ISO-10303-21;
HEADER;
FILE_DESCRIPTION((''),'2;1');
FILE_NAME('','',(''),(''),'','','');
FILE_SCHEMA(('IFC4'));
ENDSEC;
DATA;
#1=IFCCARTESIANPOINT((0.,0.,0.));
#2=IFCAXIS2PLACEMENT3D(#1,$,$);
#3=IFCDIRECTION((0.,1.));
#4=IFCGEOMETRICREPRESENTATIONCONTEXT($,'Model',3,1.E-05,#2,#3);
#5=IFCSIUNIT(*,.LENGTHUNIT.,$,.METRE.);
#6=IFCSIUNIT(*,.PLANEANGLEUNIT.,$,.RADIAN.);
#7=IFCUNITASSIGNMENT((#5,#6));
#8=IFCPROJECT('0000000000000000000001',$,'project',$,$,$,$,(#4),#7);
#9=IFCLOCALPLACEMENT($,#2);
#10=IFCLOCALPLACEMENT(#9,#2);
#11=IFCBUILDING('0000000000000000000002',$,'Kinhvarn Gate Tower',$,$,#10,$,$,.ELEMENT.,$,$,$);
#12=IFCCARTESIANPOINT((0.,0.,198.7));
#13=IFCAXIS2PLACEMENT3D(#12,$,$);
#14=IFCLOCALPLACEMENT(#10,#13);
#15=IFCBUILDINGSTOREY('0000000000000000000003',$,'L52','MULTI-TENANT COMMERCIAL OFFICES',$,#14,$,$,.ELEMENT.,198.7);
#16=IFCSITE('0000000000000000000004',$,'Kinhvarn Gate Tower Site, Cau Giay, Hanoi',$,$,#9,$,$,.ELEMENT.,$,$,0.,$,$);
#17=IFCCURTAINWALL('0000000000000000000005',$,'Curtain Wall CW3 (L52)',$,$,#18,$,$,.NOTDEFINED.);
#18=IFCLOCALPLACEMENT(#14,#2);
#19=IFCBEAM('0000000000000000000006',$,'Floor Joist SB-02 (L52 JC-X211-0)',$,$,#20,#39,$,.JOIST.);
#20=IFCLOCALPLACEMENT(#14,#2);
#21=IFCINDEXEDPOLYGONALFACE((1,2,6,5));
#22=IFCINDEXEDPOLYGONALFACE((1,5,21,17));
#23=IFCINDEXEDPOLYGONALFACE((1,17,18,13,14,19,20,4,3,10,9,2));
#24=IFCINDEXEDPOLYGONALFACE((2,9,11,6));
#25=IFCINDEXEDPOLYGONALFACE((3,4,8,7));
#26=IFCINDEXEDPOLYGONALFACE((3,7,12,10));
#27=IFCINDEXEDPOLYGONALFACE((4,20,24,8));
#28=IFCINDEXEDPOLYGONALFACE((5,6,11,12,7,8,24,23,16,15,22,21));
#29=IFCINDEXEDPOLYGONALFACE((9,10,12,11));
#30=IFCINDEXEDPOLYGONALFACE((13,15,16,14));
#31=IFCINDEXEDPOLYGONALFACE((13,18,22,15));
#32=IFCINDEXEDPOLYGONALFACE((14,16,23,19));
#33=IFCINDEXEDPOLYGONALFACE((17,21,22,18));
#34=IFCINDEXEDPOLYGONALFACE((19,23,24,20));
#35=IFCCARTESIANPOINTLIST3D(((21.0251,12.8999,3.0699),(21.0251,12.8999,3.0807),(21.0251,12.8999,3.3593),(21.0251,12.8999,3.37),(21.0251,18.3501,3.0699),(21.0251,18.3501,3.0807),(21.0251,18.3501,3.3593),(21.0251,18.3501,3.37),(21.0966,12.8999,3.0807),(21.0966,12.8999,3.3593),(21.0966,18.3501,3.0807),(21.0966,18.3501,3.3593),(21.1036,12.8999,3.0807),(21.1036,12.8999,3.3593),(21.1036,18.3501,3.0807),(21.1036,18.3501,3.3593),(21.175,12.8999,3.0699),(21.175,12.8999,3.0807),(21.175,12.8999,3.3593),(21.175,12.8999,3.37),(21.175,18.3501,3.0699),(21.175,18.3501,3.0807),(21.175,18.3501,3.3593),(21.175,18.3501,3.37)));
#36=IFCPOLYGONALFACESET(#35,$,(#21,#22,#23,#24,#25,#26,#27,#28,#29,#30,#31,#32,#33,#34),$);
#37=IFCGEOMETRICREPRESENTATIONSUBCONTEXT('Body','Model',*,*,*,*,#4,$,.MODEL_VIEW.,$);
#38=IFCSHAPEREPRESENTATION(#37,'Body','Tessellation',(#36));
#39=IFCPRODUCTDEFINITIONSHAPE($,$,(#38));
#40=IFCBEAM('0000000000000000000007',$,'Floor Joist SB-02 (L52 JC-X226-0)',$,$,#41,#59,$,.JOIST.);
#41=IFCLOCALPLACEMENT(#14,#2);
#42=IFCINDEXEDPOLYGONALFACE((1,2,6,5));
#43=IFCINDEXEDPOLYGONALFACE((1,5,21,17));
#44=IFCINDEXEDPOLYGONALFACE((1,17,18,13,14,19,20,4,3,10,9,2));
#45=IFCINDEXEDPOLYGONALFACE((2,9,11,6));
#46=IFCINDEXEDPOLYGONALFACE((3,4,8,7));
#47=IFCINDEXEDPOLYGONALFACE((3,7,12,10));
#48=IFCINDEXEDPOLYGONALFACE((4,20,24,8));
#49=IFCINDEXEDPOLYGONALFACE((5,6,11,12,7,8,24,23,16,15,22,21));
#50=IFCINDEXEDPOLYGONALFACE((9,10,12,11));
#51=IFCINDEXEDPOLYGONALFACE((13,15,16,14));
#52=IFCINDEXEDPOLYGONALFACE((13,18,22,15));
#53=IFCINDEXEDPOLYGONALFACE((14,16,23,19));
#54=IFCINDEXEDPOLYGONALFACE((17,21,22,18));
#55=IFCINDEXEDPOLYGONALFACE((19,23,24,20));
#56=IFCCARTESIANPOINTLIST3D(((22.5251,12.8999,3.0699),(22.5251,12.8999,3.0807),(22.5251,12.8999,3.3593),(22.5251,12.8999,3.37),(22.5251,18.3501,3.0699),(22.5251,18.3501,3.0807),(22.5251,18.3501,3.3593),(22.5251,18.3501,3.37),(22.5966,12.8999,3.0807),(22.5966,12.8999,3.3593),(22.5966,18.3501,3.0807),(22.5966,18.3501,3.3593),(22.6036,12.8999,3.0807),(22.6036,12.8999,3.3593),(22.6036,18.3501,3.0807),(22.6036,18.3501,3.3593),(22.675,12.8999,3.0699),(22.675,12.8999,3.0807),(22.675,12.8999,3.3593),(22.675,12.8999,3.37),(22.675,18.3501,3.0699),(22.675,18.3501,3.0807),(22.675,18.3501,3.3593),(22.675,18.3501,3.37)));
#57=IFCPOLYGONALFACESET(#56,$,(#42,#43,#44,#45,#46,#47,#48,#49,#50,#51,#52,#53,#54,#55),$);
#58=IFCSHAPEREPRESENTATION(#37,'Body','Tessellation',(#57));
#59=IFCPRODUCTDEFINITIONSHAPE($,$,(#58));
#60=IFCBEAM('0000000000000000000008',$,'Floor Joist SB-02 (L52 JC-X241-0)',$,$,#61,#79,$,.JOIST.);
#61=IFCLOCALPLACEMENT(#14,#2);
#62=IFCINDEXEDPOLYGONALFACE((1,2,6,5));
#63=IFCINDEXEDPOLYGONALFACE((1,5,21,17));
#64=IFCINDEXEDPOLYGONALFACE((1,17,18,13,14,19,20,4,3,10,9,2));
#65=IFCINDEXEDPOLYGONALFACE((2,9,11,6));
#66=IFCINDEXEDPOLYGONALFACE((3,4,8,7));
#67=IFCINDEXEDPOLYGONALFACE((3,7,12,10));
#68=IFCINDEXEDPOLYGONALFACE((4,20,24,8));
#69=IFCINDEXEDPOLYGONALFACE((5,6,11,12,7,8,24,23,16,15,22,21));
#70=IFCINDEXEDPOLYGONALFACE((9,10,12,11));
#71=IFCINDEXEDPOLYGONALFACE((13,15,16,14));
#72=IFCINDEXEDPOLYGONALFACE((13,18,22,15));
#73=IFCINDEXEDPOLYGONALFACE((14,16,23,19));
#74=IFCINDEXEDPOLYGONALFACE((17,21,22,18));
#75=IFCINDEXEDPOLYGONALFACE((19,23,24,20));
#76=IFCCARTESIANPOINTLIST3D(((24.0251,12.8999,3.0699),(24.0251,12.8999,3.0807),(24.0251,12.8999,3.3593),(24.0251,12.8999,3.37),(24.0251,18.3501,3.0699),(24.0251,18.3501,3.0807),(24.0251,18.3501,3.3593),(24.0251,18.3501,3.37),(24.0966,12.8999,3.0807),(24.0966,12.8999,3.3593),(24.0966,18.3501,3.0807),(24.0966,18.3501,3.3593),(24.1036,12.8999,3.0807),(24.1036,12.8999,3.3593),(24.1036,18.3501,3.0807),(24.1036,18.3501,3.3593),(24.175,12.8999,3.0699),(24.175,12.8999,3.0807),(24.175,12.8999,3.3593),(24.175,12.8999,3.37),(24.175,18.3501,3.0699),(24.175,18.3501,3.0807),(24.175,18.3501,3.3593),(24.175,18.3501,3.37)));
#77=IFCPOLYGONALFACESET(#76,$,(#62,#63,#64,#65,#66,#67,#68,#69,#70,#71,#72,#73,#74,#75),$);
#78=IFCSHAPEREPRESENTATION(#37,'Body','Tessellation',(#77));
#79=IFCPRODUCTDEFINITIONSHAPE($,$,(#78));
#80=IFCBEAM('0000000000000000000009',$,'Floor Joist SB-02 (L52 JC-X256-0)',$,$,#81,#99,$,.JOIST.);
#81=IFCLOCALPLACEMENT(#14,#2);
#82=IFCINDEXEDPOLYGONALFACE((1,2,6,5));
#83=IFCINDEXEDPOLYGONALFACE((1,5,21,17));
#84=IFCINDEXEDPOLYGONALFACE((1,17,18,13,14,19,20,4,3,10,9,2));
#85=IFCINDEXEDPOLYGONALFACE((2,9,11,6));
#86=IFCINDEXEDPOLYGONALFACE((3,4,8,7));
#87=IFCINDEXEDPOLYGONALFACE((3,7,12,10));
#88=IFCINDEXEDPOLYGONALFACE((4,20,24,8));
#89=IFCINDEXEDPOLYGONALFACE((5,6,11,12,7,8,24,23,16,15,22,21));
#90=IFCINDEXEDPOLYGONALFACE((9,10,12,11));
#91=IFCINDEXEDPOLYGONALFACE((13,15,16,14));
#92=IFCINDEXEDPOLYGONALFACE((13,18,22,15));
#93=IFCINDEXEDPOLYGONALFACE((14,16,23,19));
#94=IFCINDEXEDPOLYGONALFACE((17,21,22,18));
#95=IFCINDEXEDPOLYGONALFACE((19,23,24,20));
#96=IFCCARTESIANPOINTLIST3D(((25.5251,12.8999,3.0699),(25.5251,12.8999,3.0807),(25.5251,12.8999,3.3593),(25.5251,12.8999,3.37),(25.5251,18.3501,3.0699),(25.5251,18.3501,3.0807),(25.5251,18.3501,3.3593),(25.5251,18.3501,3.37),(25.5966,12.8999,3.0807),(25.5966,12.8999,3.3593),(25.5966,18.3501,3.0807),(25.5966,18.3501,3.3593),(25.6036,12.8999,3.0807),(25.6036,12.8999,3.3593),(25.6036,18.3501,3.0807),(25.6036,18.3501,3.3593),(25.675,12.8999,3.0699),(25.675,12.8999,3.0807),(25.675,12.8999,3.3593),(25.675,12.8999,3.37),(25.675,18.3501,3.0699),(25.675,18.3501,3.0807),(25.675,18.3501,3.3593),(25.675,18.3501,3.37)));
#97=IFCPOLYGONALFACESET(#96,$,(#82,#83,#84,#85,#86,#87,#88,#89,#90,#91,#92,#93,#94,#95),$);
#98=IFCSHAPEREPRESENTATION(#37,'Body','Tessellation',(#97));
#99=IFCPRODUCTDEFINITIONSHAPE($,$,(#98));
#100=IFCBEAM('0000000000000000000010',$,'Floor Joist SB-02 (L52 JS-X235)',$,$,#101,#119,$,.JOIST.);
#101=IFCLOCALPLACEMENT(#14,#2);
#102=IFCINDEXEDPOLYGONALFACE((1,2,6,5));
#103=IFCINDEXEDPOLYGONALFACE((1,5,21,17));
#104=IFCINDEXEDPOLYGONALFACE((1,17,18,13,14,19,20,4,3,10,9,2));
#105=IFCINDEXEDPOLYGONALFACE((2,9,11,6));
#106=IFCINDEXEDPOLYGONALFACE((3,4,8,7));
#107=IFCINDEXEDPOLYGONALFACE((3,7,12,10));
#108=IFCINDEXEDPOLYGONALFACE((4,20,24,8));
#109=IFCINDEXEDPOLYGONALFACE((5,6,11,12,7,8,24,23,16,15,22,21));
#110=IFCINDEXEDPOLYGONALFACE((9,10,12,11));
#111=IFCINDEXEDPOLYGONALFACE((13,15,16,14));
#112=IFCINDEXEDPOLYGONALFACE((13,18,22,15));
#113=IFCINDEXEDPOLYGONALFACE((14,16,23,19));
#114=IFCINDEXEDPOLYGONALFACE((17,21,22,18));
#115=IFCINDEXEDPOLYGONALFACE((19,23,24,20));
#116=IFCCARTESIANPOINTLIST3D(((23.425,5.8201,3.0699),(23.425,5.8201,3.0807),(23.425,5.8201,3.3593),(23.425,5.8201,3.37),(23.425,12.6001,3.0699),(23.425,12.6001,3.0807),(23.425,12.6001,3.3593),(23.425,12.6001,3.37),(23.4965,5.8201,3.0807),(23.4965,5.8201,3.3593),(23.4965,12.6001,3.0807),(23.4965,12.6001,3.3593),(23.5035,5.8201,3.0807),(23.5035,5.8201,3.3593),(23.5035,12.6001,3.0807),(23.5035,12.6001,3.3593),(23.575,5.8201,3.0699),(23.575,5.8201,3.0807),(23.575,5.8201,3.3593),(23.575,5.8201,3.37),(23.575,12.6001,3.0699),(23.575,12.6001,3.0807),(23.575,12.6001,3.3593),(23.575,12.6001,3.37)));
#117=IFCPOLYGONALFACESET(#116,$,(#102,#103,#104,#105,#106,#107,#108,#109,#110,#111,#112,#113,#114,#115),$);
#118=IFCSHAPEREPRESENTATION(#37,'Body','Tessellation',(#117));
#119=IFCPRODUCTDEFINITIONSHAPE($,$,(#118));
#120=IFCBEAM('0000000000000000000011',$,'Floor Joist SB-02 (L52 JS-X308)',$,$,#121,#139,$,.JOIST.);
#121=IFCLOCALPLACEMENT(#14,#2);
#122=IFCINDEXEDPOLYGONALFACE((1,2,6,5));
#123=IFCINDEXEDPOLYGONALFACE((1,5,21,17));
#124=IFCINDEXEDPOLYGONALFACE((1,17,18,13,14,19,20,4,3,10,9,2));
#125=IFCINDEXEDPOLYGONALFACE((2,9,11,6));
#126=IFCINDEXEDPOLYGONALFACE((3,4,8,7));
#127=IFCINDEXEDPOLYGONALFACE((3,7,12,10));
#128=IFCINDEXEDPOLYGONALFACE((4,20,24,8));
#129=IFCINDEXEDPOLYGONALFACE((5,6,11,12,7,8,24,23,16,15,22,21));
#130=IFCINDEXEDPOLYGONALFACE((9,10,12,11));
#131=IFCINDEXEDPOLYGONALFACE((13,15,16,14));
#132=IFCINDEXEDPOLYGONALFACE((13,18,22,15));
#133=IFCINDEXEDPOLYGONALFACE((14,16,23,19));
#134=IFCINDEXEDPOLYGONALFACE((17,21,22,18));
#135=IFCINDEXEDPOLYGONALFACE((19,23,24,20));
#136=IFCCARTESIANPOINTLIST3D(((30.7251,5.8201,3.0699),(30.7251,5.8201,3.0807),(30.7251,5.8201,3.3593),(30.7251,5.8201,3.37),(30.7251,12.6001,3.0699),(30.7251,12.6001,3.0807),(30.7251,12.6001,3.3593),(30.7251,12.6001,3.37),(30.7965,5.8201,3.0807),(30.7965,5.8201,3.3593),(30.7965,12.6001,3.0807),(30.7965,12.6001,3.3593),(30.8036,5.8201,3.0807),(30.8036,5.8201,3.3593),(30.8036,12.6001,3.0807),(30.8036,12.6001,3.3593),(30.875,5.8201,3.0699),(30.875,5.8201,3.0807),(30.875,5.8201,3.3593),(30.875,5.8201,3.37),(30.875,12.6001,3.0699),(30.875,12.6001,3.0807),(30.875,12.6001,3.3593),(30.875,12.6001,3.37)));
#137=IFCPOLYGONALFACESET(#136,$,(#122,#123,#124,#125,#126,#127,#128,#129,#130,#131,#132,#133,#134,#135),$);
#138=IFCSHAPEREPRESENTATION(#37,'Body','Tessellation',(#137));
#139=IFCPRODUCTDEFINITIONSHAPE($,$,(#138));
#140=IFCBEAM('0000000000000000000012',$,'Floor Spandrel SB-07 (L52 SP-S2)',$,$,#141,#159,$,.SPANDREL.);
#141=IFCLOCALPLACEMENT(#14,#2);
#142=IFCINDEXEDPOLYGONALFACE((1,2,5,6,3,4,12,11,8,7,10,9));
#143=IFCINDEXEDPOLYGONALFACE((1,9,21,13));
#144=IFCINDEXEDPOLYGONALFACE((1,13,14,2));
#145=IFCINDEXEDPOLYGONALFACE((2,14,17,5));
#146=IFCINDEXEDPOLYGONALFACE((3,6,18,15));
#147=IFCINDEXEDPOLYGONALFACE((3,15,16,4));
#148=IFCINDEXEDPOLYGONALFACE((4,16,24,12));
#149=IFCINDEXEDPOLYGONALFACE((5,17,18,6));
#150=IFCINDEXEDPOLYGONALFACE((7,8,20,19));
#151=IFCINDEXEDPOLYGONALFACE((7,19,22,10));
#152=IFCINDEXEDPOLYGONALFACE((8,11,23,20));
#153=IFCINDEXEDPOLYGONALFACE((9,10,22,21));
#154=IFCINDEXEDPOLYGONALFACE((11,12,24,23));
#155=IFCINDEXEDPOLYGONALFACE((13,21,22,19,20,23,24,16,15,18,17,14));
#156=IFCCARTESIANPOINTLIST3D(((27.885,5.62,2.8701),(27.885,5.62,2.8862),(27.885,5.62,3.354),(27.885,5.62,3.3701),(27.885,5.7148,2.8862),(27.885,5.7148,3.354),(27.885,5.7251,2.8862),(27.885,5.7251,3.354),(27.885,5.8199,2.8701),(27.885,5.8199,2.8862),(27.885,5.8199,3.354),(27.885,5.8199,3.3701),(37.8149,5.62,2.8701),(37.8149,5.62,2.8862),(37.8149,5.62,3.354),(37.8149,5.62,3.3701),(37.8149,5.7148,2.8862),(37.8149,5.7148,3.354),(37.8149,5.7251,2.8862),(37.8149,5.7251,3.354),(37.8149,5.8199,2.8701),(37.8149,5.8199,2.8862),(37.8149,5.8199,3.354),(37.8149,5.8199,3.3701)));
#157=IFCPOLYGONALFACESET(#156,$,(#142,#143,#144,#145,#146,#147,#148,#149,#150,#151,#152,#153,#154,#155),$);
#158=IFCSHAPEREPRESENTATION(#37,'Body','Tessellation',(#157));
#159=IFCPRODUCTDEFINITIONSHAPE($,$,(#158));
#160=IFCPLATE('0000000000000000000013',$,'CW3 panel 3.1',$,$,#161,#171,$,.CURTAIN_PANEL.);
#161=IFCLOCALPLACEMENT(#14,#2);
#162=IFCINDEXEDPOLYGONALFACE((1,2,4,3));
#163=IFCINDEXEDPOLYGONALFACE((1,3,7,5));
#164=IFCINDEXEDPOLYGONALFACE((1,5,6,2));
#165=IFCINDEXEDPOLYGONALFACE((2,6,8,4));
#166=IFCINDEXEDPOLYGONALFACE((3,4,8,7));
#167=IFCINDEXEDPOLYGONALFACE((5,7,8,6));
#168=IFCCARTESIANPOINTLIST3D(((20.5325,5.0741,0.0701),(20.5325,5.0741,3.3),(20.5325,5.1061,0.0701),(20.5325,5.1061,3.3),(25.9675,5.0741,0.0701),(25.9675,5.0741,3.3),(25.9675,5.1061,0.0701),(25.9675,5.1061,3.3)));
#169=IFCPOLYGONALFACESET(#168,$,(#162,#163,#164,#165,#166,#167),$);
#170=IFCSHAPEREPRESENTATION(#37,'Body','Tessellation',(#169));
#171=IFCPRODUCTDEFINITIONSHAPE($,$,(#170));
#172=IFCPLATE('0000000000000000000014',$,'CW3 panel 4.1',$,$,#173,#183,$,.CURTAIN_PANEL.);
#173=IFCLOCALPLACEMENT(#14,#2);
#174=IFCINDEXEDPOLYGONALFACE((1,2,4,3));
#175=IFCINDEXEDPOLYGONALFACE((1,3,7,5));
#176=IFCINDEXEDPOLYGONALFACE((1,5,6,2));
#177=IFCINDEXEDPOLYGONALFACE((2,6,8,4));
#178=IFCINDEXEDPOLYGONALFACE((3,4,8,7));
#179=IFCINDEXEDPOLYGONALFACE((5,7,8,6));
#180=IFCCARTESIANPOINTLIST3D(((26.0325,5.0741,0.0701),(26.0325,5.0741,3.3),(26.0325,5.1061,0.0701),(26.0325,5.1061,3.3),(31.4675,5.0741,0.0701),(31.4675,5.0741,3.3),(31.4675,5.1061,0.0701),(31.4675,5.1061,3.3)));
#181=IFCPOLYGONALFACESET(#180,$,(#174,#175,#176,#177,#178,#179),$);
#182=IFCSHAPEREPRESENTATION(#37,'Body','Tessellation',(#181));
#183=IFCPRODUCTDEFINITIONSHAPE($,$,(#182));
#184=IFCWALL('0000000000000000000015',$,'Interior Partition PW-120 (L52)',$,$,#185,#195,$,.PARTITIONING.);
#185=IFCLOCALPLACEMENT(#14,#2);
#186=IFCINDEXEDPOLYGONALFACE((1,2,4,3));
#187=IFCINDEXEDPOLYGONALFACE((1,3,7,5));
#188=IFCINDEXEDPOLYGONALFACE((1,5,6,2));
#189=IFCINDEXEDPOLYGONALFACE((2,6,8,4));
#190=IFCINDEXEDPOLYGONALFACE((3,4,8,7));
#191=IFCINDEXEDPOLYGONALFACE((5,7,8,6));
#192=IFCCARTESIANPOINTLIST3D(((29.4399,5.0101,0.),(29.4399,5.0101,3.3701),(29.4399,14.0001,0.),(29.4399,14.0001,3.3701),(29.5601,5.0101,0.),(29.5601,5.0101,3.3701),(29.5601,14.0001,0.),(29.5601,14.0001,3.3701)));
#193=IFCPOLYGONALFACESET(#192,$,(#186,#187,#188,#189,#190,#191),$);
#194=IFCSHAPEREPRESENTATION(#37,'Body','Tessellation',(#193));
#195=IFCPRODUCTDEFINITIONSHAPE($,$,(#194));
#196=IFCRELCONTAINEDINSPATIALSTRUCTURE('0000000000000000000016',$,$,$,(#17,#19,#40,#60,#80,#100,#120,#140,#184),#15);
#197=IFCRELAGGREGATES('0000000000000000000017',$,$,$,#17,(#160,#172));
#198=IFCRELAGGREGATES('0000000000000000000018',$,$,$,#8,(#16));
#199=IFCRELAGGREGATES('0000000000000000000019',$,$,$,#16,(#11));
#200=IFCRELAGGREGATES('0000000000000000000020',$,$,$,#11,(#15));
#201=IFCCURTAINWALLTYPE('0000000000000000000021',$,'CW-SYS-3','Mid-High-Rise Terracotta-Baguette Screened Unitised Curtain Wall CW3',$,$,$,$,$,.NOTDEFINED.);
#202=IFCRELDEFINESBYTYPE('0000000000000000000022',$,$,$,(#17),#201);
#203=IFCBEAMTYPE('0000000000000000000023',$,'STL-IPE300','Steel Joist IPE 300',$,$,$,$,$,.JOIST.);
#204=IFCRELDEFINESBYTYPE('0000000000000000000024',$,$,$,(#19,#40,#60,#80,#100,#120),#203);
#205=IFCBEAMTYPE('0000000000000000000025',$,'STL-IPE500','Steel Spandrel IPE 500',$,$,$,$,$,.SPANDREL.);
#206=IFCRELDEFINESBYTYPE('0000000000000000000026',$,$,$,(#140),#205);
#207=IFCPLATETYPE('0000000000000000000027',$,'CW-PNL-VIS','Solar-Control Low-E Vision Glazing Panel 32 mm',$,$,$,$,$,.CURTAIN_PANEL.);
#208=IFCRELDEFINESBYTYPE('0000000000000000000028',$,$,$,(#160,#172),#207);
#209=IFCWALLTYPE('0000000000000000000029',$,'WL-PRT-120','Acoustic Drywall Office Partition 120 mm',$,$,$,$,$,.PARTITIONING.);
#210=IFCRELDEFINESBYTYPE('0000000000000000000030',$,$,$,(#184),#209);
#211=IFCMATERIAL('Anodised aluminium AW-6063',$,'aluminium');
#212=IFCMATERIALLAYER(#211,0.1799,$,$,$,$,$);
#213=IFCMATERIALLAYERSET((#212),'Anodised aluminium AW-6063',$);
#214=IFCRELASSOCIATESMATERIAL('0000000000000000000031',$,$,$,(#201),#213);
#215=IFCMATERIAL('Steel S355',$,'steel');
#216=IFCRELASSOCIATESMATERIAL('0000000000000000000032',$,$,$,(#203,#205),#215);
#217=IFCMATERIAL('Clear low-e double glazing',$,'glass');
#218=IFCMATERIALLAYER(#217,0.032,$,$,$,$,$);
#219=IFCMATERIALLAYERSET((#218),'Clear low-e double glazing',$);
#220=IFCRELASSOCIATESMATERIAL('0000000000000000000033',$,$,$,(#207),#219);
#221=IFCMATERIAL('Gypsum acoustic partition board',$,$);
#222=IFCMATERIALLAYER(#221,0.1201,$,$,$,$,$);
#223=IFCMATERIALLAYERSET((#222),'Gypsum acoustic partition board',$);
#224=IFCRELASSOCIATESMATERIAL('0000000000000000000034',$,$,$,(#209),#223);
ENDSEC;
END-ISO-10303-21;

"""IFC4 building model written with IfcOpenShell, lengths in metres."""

from ifc_helpers import new_model, si_unit, direction, frame, frame_2d, origin, origin_2d, place, context, subcontext, project, spatial, rectangle, i_section, extrude, material, layer, layer_set, material_profile, profile_set, type_object, element, aggregate, save


model = new_model("IFC4")

# Units and contexts
model_context = context("Model", 3, precision=1e-05, world=origin(), true_north=direction((0.0, 1.0)))
body_context = subcontext(model_context, "Body", "Model", "MODEL_VIEW")
ifc_project = project(units=[si_unit("LENGTHUNIT", "METRE"), si_unit("PLANEANGLEUNIT", "RADIAN")], contexts=[model_context])

# Site, building, storey
site_placement = place(None, origin())
site = spatial("IfcSite", under=ifc_project, at=site_placement, Name="Kinhvarn Gate Tower Site, Cau Giay, Hanoi", CompositionType="ELEMENT", RefElevation=0.0)
building_placement = place(site_placement, origin())
building = spatial("IfcBuilding", under=site, at=building_placement, Name="Kinhvarn Gate Tower", CompositionType="ELEMENT")
storey_placement = place(building_placement, frame((0.0, 0.0, 198.7)))
storey = spatial("IfcBuildingStorey", under=building, at=storey_placement, Name="L52", Description="MULTI-TENANT COMMERCIAL OFFICES", CompositionType="ELEMENT", Elevation=198.7)

# Curtain wall
ifc_material_1 = material(Name="Anodised aluminium AW-6063", Category="aluminium")
ifc_layer_1 = layer(ifc_material_1, 0.1799)
ifc_layer_set_1 = layer_set([ifc_layer_1], Name="Anodised aluminium AW-6063")
curtain_wall_type = type_object("IfcCurtainWallType", Name="CW-SYS-3", Description="Mid-High-Rise Terracotta-Baguette Screened Unitised Curtain Wall CW3", PredefinedType="NOTDEFINED", material=ifc_layer_set_1)
curtain_wall_placement = place(storey_placement, origin())
curtain_wall = element("IfcCurtainWall", 1, at=curtain_wall_placement, inside=storey, type_object=curtain_wall_type, Name="Curtain Wall CW3 (L52)", PredefinedType="NOTDEFINED")

# Beams
ifc_material_2 = material(Name="Steel S355", Category="steel")
ifc_material_profile_1 = material_profile(ifc_material_2, i_section(OverallWidth=0.1499, OverallDepth=0.3, WebThickness=0.0071, FlangeThickness=0.0107, at=origin_2d()), Name="IPE 300")
ifc_profile_set_1 = profile_set([ifc_material_profile_1], Name="Steel S355")
beam_type_1 = type_object("IfcBeamType", Name="STL-IPE300", Description="Steel Joist IPE 300", PredefinedType="JOIST", material=ifc_profile_set_1)
for number, where, z_axis, x_axis, name in (
    (2, (21.1001, 12.8999, 3.22), (0.0, 1.0, 0.0), (-1.0, 0.0, 0.0), "Floor Joist SB-02 (L52 JC-X211-0)"),
    (3, (22.6001, 12.8999, 3.22), (0.0, 1.0, 0.0), (-1.0, 0.0, 0.0), "Floor Joist SB-02 (L52 JC-X226-0)"),
    (4, (24.1001, 12.8999, 3.22), (0.0, 1.0, 0.0), (-1.0, 0.0, 0.0), "Floor Joist SB-02 (L52 JC-X241-0)"),
    (5, (25.6001, 12.8999, 3.22), (0.0, 1.0, 0.0), (-1.0, 0.0, 0.0), "Floor Joist SB-02 (L52 JC-X256-0)"),
):
    element("IfcBeam", number, at=place(storey_placement, frame(where, z_axis=z_axis, x_axis=x_axis)), inside=storey, type_object=beam_type_1, Name=name, PredefinedType="JOIST", context=body_context, shape_type="SweptSolid", body=[
        extrude(i_section(OverallWidth=0.1499, OverallDepth=0.3, WebThickness=0.0071, FlangeThickness=0.0107, at=origin_2d()), origin(), (0.0, 0.0, 1.0), 5.4502),
    ])
for number, where, z_axis, x_axis, name in (
    (6, (23.5, 5.8201, 3.22), (0.0, 1.0, 0.0), (-1.0, 0.0, 0.0), "Floor Joist SB-02 (L52 JS-X235)"),
    (7, (30.8, 5.8201, 3.22), (0.0, 1.0, 0.0), (-1.0, 0.0, 0.0), "Floor Joist SB-02 (L52 JS-X308)"),
):
    element("IfcBeam", number, at=place(storey_placement, frame(where, z_axis=z_axis, x_axis=x_axis)), inside=storey, type_object=beam_type_1, Name=name, PredefinedType="JOIST", context=body_context, shape_type="SweptSolid", body=[
        extrude(i_section(OverallWidth=0.1499, OverallDepth=0.3, WebThickness=0.0071, FlangeThickness=0.0107, at=origin_2d()), origin(), (0.0, 0.0, 1.0), 6.78),
    ])
ifc_material_profile_2 = material_profile(ifc_material_2, i_section(OverallWidth=0.2, OverallDepth=0.5, WebThickness=0.0103, FlangeThickness=0.0161, at=origin_2d()), Name="IPE 500")
ifc_profile_set_2 = profile_set([ifc_material_profile_2], Name="Steel S355")
beam_type_2 = type_object("IfcBeamType", Name="STL-IPE500", Description="Steel Spandrel IPE 500", PredefinedType="SPANDREL", material=ifc_profile_set_2)
beam_1_placement = place(storey_placement, frame((27.885, 5.72, 3.1201), z_axis=(1.0, 0.0, 0.0), x_axis=(0.0, 1.0, 0.0)))
element("IfcBeam", 8, at=beam_1_placement, inside=storey, type_object=beam_type_2, Name="Floor Spandrel SB-07 (L52 SP-S2)", PredefinedType="SPANDREL", context=body_context, shape_type="SweptSolid", body=[
    extrude(i_section(OverallWidth=0.2, OverallDepth=0.5, WebThickness=0.0103, FlangeThickness=0.0161, at=origin_2d()), origin(), (0.0, 0.0, 1.0), 9.9299),
])

# Plates
ifc_material_3 = material(Name="Clear low-e double glazing", Category="glass")
ifc_layer_2 = layer(ifc_material_3, 0.032)
ifc_layer_set_2 = layer_set([ifc_layer_2], Name="Clear low-e double glazing")
plate_type = type_object("IfcPlateType", Name="CW-PNL-VIS", Description="Solar-Control Low-E Vision Glazing Panel 32 mm", PredefinedType="CURTAIN_PANEL", material=ifc_layer_set_2)
plate_1_placement = place(storey_placement, frame((23.25, 5.0901, 0.0701), z_axis=(0.0, 0.0, 1.0), x_axis=(1.0, 0.0, 0.0)))
plate_1 = element("IfcPlate", 9, at=plate_1_placement, type_object=plate_type, Name="CW3 panel 3.1", PredefinedType="CURTAIN_PANEL", context=body_context, shape_type="SweptSolid", body=[
    extrude(rectangle(XDim=5.4351, YDim=0.032, at=origin_2d()), origin(), (0.0, 0.0, 1.0), 3.23),
])
plate_2_placement = place(storey_placement, frame((28.75, 5.0901, 0.0701), z_axis=(0.0, 0.0, 1.0), x_axis=(1.0, 0.0, 0.0)))
plate_2 = element("IfcPlate", 10, at=plate_2_placement, type_object=plate_type, Name="CW3 panel 4.1", PredefinedType="CURTAIN_PANEL", context=body_context, shape_type="SweptSolid", body=[
    extrude(rectangle(XDim=5.4351, YDim=0.032, at=origin_2d()), origin(), (0.0, 0.0, 1.0), 3.23),
])
aggregate(curtain_wall, [plate_1, plate_2])

# Wall
ifc_material_4 = material(Name="Gypsum acoustic partition board")
ifc_layer_3 = layer(ifc_material_4, 0.1201)
ifc_layer_set_3 = layer_set([ifc_layer_3], Name="Gypsum acoustic partition board")
wall_type = type_object("IfcWallType", Name="WL-PRT-120", Description="Acoustic Drywall Office Partition 120 mm", PredefinedType="PARTITIONING", material=ifc_layer_set_3)
wall_placement = place(storey_placement, frame((29.5, 5.01, 0.0), z_axis=(0.0, 0.0, 1.0), x_axis=(0.0, 1.0, 0.0)))
element("IfcWall", 11, at=wall_placement, inside=storey, type_object=wall_type, Name="Interior Partition PW-120 (L52)", PredefinedType="PARTITIONING", context=body_context, shape_type="SweptSolid", body=[
    extrude(rectangle(XDim=8.99, YDim=0.1201, at=frame_2d((4.4951, 0.0))), origin(), (0.0, 0.0, 1.0), 3.3701),
])

save(model, "model.ifc")
